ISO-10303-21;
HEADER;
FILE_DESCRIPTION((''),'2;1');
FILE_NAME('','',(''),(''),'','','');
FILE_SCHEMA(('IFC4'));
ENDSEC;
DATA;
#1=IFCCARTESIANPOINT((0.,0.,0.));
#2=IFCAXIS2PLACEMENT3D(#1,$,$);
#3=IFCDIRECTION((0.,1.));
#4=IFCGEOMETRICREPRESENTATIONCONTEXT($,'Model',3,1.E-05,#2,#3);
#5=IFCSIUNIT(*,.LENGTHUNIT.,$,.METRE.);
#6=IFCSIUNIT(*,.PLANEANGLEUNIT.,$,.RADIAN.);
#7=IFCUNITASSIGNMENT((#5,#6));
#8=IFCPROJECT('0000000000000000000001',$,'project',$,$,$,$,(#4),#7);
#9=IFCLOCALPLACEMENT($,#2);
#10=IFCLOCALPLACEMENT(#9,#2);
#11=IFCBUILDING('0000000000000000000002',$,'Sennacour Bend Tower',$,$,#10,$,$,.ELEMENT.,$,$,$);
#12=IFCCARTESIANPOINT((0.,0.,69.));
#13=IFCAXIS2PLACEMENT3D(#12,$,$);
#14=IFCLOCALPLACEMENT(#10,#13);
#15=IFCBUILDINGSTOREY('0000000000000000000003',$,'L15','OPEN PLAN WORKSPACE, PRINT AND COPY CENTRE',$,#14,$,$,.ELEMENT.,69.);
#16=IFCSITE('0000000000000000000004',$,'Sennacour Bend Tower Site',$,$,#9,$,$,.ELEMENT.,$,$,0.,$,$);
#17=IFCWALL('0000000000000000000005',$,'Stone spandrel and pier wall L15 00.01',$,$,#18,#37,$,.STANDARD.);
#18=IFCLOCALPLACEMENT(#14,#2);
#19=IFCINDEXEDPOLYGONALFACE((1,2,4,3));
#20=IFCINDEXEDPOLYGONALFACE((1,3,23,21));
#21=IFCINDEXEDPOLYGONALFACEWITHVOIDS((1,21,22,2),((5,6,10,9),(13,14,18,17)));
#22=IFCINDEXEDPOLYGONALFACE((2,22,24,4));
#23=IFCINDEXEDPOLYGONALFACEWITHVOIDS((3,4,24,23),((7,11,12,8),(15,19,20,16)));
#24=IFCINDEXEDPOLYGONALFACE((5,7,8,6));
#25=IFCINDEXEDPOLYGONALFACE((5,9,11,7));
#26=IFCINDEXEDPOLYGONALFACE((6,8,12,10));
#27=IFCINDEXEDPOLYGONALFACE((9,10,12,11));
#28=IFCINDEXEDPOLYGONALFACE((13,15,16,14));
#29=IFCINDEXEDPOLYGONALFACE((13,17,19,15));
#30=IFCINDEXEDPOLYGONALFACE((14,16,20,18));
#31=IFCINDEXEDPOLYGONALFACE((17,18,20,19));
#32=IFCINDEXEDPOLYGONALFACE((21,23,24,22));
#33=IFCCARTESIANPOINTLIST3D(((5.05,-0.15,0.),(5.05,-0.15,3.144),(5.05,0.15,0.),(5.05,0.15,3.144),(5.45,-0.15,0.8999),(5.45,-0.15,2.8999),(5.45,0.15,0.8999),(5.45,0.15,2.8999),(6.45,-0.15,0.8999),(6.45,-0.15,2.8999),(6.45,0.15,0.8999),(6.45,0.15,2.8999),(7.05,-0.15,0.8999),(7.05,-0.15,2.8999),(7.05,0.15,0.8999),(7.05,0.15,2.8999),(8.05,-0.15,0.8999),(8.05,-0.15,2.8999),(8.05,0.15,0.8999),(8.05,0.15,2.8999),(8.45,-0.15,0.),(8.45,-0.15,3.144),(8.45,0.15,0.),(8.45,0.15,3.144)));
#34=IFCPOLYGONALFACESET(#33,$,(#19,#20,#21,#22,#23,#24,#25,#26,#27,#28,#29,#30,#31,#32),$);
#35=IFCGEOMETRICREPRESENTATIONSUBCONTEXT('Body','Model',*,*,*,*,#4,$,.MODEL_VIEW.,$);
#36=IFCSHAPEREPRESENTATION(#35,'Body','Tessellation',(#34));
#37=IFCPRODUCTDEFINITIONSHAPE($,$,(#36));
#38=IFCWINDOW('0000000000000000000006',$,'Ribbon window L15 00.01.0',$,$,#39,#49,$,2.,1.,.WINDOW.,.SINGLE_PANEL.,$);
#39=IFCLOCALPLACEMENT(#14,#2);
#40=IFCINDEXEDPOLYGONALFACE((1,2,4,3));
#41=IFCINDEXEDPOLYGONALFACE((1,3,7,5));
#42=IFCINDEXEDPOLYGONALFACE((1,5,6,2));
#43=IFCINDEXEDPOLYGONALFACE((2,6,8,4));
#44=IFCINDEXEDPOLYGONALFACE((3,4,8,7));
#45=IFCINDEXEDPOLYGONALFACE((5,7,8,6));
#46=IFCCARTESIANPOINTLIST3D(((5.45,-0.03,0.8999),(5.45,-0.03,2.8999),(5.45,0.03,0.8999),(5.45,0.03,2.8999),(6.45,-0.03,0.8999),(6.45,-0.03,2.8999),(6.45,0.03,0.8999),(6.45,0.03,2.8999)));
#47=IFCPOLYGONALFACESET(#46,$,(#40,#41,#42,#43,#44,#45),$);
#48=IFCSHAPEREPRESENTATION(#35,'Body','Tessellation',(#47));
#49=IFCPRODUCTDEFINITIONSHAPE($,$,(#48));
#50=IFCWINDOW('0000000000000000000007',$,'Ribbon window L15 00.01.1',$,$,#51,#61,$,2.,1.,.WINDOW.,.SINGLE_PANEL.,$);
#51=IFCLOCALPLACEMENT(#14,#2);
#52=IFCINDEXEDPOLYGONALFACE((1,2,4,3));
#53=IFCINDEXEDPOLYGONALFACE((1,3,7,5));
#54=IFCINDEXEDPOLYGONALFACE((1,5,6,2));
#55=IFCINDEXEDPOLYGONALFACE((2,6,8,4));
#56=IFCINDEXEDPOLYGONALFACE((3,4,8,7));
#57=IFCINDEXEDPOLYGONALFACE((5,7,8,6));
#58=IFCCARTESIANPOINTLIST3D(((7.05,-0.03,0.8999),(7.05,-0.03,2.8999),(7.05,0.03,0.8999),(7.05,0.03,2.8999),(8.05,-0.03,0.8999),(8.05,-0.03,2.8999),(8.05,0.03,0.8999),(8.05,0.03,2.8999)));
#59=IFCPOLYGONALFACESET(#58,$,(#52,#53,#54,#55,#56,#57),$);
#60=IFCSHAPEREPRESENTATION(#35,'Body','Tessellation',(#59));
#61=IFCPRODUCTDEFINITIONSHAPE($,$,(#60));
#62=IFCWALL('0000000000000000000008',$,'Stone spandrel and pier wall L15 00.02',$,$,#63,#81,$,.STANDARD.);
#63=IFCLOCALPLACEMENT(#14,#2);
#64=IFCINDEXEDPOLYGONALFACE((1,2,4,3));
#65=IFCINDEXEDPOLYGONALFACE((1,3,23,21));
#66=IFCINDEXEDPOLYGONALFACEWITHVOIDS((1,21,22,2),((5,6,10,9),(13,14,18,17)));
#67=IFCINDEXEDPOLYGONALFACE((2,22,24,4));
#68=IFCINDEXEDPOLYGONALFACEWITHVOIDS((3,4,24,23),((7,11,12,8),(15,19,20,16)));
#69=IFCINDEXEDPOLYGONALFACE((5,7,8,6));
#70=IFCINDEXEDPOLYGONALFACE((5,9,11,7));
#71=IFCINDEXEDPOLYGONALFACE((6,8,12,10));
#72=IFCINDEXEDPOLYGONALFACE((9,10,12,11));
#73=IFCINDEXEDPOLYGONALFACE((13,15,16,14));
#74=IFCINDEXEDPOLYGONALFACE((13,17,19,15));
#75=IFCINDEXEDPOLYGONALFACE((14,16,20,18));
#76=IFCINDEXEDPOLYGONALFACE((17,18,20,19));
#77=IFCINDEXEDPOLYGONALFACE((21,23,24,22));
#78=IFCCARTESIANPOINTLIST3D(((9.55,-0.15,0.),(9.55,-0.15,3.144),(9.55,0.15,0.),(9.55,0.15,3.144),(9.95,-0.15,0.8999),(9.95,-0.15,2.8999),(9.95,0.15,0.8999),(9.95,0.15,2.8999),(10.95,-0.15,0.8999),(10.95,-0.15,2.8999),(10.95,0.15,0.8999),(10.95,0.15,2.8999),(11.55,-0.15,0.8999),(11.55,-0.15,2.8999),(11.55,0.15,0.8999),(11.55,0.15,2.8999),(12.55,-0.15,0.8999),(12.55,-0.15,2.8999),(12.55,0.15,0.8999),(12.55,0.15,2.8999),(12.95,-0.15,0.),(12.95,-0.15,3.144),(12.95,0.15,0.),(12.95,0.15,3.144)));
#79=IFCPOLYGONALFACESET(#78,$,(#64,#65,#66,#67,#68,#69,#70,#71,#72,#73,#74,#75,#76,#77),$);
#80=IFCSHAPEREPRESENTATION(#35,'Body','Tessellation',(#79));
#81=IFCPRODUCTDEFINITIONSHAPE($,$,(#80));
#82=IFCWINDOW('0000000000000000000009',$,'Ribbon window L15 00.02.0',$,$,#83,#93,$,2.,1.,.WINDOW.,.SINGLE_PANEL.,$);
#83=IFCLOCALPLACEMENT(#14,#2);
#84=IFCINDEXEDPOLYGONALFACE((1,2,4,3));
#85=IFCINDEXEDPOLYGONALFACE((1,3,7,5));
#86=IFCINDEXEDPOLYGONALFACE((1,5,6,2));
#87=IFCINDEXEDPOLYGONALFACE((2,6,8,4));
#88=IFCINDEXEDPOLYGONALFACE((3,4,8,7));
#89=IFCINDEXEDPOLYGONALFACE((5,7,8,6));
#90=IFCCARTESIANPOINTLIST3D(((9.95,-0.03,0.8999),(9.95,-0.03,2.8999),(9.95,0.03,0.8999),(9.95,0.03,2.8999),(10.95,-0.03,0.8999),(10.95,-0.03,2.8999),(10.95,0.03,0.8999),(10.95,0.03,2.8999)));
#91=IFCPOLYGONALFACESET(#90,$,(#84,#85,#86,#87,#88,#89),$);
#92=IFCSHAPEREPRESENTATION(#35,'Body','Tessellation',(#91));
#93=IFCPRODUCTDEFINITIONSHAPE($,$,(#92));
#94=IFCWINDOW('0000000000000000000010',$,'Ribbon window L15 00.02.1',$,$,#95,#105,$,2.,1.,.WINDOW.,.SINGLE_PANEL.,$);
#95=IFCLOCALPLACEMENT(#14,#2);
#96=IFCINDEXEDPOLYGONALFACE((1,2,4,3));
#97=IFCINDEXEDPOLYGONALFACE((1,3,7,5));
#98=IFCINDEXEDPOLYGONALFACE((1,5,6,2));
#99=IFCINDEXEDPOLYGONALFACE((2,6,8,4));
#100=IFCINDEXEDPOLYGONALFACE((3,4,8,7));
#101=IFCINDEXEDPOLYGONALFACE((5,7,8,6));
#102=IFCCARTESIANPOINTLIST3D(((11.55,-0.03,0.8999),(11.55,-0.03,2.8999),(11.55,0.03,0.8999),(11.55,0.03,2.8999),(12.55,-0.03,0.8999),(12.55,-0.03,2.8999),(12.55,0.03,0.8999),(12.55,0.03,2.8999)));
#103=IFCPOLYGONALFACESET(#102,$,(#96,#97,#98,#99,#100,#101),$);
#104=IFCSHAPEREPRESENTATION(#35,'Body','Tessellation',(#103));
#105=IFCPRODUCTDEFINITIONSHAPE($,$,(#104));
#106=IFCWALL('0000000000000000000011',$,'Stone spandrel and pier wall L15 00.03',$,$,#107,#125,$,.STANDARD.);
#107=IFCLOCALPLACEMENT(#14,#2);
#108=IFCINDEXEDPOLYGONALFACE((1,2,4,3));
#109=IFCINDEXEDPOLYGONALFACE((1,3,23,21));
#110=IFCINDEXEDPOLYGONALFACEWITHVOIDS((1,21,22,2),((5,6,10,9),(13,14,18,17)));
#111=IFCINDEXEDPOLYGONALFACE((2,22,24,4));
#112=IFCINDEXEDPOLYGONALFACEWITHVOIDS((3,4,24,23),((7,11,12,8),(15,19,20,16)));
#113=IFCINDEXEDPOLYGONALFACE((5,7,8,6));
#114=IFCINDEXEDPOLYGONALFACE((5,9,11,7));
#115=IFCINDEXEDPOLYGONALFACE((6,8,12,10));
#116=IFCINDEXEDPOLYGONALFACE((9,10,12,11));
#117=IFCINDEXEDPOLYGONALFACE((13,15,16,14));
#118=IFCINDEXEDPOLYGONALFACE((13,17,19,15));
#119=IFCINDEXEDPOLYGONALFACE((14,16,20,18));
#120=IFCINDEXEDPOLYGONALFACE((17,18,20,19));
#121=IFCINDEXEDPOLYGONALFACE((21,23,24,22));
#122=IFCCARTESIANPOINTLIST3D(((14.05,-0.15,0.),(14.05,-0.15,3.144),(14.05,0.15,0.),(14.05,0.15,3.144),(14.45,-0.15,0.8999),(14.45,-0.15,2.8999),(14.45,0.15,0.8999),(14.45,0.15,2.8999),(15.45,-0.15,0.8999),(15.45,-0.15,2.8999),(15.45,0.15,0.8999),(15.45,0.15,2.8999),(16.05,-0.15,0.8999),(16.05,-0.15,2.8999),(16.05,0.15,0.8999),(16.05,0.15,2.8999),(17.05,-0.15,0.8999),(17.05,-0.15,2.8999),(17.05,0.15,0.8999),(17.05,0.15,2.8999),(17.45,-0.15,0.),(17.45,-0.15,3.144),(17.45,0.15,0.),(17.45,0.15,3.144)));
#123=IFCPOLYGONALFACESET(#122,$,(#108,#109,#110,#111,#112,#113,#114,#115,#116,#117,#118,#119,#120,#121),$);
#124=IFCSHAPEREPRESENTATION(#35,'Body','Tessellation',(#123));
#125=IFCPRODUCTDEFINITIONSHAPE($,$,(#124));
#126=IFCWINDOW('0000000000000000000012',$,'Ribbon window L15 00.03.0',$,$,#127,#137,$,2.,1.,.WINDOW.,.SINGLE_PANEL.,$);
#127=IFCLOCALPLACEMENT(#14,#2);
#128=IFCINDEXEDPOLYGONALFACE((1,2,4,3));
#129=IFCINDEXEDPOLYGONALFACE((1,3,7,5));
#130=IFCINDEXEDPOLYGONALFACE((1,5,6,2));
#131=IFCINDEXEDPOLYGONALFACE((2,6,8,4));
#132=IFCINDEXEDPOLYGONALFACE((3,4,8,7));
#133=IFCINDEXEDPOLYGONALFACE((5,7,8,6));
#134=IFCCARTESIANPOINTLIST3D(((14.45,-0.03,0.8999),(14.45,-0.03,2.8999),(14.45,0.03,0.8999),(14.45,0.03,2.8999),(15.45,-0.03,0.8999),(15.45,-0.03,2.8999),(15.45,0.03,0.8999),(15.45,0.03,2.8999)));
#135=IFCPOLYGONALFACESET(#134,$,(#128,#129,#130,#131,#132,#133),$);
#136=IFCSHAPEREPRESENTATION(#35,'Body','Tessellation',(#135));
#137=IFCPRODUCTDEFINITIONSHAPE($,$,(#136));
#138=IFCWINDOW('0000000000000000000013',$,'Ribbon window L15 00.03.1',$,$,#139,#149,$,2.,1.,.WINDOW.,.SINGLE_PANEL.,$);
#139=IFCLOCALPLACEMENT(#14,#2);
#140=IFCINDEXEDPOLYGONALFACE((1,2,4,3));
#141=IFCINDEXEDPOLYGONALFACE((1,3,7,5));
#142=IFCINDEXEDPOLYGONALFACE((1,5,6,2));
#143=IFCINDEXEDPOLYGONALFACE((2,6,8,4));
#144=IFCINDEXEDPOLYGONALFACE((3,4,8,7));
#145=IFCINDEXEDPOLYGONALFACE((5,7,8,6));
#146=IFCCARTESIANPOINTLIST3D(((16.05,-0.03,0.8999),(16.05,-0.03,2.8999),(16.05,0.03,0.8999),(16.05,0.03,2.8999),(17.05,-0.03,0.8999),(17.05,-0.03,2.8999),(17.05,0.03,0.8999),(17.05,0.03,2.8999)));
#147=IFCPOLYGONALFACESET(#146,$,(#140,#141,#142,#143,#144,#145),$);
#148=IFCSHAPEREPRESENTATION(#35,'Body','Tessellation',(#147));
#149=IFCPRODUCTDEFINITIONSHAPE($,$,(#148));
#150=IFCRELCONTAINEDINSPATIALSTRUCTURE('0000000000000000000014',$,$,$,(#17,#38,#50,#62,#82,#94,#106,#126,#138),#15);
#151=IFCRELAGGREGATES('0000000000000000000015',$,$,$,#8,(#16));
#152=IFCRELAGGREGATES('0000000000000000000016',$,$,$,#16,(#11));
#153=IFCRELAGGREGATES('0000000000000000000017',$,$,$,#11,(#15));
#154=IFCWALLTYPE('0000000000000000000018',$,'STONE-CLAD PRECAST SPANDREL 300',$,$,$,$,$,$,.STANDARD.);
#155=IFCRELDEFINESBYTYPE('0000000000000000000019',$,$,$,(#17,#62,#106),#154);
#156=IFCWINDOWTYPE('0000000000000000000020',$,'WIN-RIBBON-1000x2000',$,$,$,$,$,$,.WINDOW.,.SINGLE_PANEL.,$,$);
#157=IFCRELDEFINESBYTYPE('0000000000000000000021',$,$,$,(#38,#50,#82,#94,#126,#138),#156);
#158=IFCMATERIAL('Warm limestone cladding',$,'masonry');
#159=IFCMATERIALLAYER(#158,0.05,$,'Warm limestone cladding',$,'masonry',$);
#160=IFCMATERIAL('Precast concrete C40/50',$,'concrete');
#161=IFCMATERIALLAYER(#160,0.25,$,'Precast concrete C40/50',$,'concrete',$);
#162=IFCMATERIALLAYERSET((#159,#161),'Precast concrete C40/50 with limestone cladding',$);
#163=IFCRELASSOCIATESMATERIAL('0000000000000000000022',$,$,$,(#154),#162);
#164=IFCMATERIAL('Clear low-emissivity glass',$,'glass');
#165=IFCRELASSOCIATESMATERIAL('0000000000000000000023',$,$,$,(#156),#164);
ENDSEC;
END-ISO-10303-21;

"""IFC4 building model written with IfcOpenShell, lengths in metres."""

from ifc_helpers import new_model, si_unit, direction, frame, frame_2d, origin, place, context, subcontext, project, spatial, rectangle, extrude, material, layer, layer_set, type_object, element, fill, save


model = new_model("IFC4")

# Units and contexts
model_context = context("Model", 3, precision=1e-05, world=origin(), true_north=direction((0.0, 1.0)))
body_context = subcontext(model_context, "Body", "Model", "MODEL_VIEW")
ifc_project = project(units=[si_unit("LENGTHUNIT", "METRE"), si_unit("PLANEANGLEUNIT", "RADIAN")], contexts=[model_context])

# Site, building, storey
site_placement = place(None, origin())
site = spatial("IfcSite", under=ifc_project, at=site_placement, Name="Sennacour Bend Tower Site", CompositionType="ELEMENT", RefElevation=0.0)
building_placement = place(site_placement, origin())
building = spatial("IfcBuilding", under=site, at=building_placement, Name="Sennacour Bend Tower", CompositionType="ELEMENT")
storey_placement = place(building_placement, frame((0.0, 0.0, 69.0)))
storey = spatial("IfcBuildingStorey", under=building, at=storey_placement, Name="L15", Description="OPEN PLAN WORKSPACE, PRINT AND COPY CENTRE", CompositionType="ELEMENT", Elevation=69.0)

# Walls, openings, windows
ifc_material_1 = material(Name="Warm limestone cladding", Category="masonry")
ifc_layer_1 = layer(ifc_material_1, 0.05, Name="Warm limestone cladding", Category="masonry")
ifc_material_2 = material(Name="Precast concrete C40/50", Category="concrete")
ifc_layer_2 = layer(ifc_material_2, 0.25, Name="Precast concrete C40/50", Category="concrete")
ifc_layer_set_1 = layer_set([ifc_layer_1, ifc_layer_2], Name="Precast concrete C40/50 with limestone cladding")
wall_type_1 = type_object("IfcWallType", Name="STONE-CLAD PRECAST SPANDREL 300", PredefinedType="STANDARD", material=ifc_layer_set_1)
wall_1_placement = place(storey_placement, frame((5.05, 0.0, 0.0), z_axis=(0.0, 0.0, 1.0), x_axis=(1.0, 0.0, 0.0)))
wall_1 = element("IfcWall", 1, at=wall_1_placement, inside=storey, type_object=wall_type_1, Name="Stone spandrel and pier wall L15 00.01", PredefinedType="STANDARD", context=body_context, shape_type="SweptSolid", body=[
    extrude(rectangle(XDim=3.3999, YDim=0.3, at=frame_2d((1.7, 0.0))), origin(), (0.0, 0.0, 1.0), 3.144),
])
opening_1_placement = place(wall_1_placement, frame((0.3999, 0.0, 0.8999)))
opening_1 = element("IfcOpeningElement", 2, at=opening_1_placement, cuts=wall_1, PredefinedType="OPENING", context=body_context, shape_type="SweptSolid", body=[
    extrude(rectangle(XDim=1.0, YDim=2.0, at=frame_2d((0.5, 1.0))), frame((0.0, 0.1602, 0.0), z_axis=(0.0, -1.0, 0.0), x_axis=(1.0, 0.0, 0.0)), (0.0, 0.0, 1.0), 0.3201),
])
opening_2_placement = place(wall_1_placement, frame((2.0, 0.0, 0.8999)))
opening_2 = element("IfcOpeningElement", 3, at=opening_2_placement, cuts=wall_1, PredefinedType="OPENING", context=body_context, shape_type="SweptSolid", body=[
    extrude(rectangle(XDim=1.0, YDim=2.0, at=frame_2d((0.5, 1.0))), frame((0.0, 0.1602, 0.0), z_axis=(0.0, -1.0, 0.0), x_axis=(1.0, 0.0, 0.0)), (0.0, 0.0, 1.0), 0.3201),
])
ifc_material_3 = material(Name="Clear low-emissivity glass", Category="glass")
window_type = type_object("IfcWindowType", Name="WIN-RIBBON-1000x2000", PartitioningType="SINGLE_PANEL", PredefinedType="WINDOW", material=ifc_material_3)
window_1_placement = place(opening_1_placement, origin())
window_1 = element("IfcWindow", 4, at=window_1_placement, inside=storey, type_object=window_type, Name="Ribbon window L15 00.01.0", OverallHeight=2.0, OverallWidth=1.0, PartitioningType="SINGLE_PANEL", PredefinedType="WINDOW", context=body_context, shape_type="SweptSolid", body=[
    extrude(rectangle(XDim=1.0, YDim=2.0, at=frame_2d((0.5, 1.0))), frame((0.0, 0.03, 0.0), z_axis=(0.0, -1.0, 0.0), x_axis=(1.0, 0.0, 0.0)), (0.0, 0.0, 1.0), 0.0601),
])
fill(opening_1, window_1)
window_2_placement = place(opening_2_placement, origin())
window_2 = element("IfcWindow", 5, at=window_2_placement, inside=storey, type_object=window_type, Name="Ribbon window L15 00.01.1", OverallHeight=2.0, OverallWidth=1.0, PartitioningType="SINGLE_PANEL", PredefinedType="WINDOW", context=body_context, shape_type="SweptSolid", body=[
    extrude(rectangle(XDim=1.0, YDim=2.0, at=frame_2d((0.5, 1.0))), frame((0.0, 0.03, 0.0), z_axis=(0.0, -1.0, 0.0), x_axis=(1.0, 0.0, 0.0)), (0.0, 0.0, 1.0), 0.0601),
])
fill(opening_2, window_2)
wall_2_placement = place(storey_placement, frame((9.55, 0.0, 0.0), z_axis=(0.0, 0.0, 1.0), x_axis=(1.0, 0.0, 0.0)))
wall_2 = element("IfcWall", 6, at=wall_2_placement, inside=storey, type_object=wall_type_1, Name="Stone spandrel and pier wall L15 00.02", PredefinedType="STANDARD", context=body_context, shape_type="SweptSolid", body=[
    extrude(rectangle(XDim=3.3999, YDim=0.3, at=frame_2d((1.7, 0.0))), origin(), (0.0, 0.0, 1.0), 3.144),
])
opening_3_placement = place(wall_2_placement, frame((0.3999, 0.0, 0.8999)))
opening_3 = element("IfcOpeningElement", 7, at=opening_3_placement, cuts=wall_2, PredefinedType="OPENING", context=body_context, shape_type="SweptSolid", body=[
    extrude(rectangle(XDim=1.0, YDim=2.0, at=frame_2d((0.5, 1.0))), frame((0.0, 0.1602, 0.0), z_axis=(0.0, -1.0, 0.0), x_axis=(1.0, 0.0, 0.0)), (0.0, 0.0, 1.0), 0.3201),
])
opening_4_placement = place(wall_2_placement, frame((2.0, 0.0, 0.8999)))
opening_4 = element("IfcOpeningElement", 8, at=opening_4_placement, cuts=wall_2, PredefinedType="OPENING", context=body_context, shape_type="SweptSolid", body=[
    extrude(rectangle(XDim=1.0, YDim=2.0, at=frame_2d((0.5, 1.0))), frame((0.0, 0.1602, 0.0), z_axis=(0.0, -1.0, 0.0), x_axis=(1.0, 0.0, 0.0)), (0.0, 0.0, 1.0), 0.3201),
])
window_3_placement = place(opening_3_placement, origin())
window_3 = element("IfcWindow", 9, at=window_3_placement, inside=storey, type_object=window_type, Name="Ribbon window L15 00.02.0", OverallHeight=2.0, OverallWidth=1.0, PartitioningType="SINGLE_PANEL", PredefinedType="WINDOW", context=body_context, shape_type="SweptSolid", body=[
    extrude(rectangle(XDim=1.0, YDim=2.0, at=frame_2d((0.5, 1.0))), frame((0.0, 0.03, 0.0), z_axis=(0.0, -1.0, 0.0), x_axis=(1.0, 0.0, 0.0)), (0.0, 0.0, 1.0), 0.0601),
])
fill(opening_3, window_3)
window_4_placement = place(opening_4_placement, origin())
window_4 = element("IfcWindow", 10, at=window_4_placement, inside=storey, type_object=window_type, Name="Ribbon window L15 00.02.1", OverallHeight=2.0, OverallWidth=1.0, PartitioningType="SINGLE_PANEL", PredefinedType="WINDOW", context=body_context, shape_type="SweptSolid", body=[
    extrude(rectangle(XDim=1.0, YDim=2.0, at=frame_2d((0.5, 1.0))), frame((0.0, 0.03, 0.0), z_axis=(0.0, -1.0, 0.0), x_axis=(1.0, 0.0, 0.0)), (0.0, 0.0, 1.0), 0.0601),
])
fill(opening_4, window_4)
wall_3_placement = place(storey_placement, frame((14.05, 0.0, 0.0), z_axis=(0.0, 0.0, 1.0), x_axis=(1.0, 0.0, 0.0)))
wall_3 = element("IfcWall", 11, at=wall_3_placement, inside=storey, type_object=wall_type_1, Name="Stone spandrel and pier wall L15 00.03", PredefinedType="STANDARD", context=body_context, shape_type="SweptSolid", body=[
    extrude(rectangle(XDim=3.3999, YDim=0.3, at=frame_2d((1.7, 0.0))), origin(), (0.0, 0.0, 1.0), 3.144),
])
opening_5_placement = place(wall_3_placement, frame((0.3999, 0.0, 0.8999)))
opening_5 = element("IfcOpeningElement", 12, at=opening_5_placement, cuts=wall_3, PredefinedType="OPENING", context=body_context, shape_type="SweptSolid", body=[
    extrude(rectangle(XDim=1.0, YDim=2.0, at=frame_2d((0.5, 1.0))), frame((0.0, 0.1602, 0.0), z_axis=(0.0, -1.0, 0.0), x_axis=(1.0, 0.0, 0.0)), (0.0, 0.0, 1.0), 0.3201),
])
opening_6_placement = place(wall_3_placement, frame((2.0, 0.0, 0.8999)))
opening_6 = element("IfcOpeningElement", 13, at=opening_6_placement, cuts=wall_3, PredefinedType="OPENING", context=body_context, shape_type="SweptSolid", body=[
    extrude(rectangle(XDim=1.0, YDim=2.0, at=frame_2d((0.5, 1.0))), frame((0.0, 0.1602, 0.0), z_axis=(0.0, -1.0, 0.0), x_axis=(1.0, 0.0, 0.0)), (0.0, 0.0, 1.0), 0.3201),
])
window_5_placement = place(opening_5_placement, origin())
window_5 = element("IfcWindow", 14, at=window_5_placement, inside=storey, type_object=window_type, Name="Ribbon window L15 00.03.0", OverallHeight=2.0, OverallWidth=1.0, PartitioningType="SINGLE_PANEL", PredefinedType="WINDOW", context=body_context, shape_type="SweptSolid", body=[
    extrude(rectangle(XDim=1.0, YDim=2.0, at=frame_2d((0.5, 1.0))), frame((0.0, 0.03, 0.0), z_axis=(0.0, -1.0, 0.0), x_axis=(1.0, 0.0, 0.0)), (0.0, 0.0, 1.0), 0.0601),
])
fill(opening_5, window_5)
window_6_placement = place(opening_6_placement, origin())
window_6 = element("IfcWindow", 15, at=window_6_placement, inside=storey, type_object=window_type, Name="Ribbon window L15 00.03.1", OverallHeight=2.0, OverallWidth=1.0, PartitioningType="SINGLE_PANEL", PredefinedType="WINDOW", context=body_context, shape_type="SweptSolid", body=[
    extrude(rectangle(XDim=1.0, YDim=2.0, at=frame_2d((0.5, 1.0))), frame((0.0, 0.03, 0.0), z_axis=(0.0, -1.0, 0.0), x_axis=(1.0, 0.0, 0.0)), (0.0, 0.0, 1.0), 0.0601),
])
fill(opening_6, window_6)

save(model, "model.ifc")
